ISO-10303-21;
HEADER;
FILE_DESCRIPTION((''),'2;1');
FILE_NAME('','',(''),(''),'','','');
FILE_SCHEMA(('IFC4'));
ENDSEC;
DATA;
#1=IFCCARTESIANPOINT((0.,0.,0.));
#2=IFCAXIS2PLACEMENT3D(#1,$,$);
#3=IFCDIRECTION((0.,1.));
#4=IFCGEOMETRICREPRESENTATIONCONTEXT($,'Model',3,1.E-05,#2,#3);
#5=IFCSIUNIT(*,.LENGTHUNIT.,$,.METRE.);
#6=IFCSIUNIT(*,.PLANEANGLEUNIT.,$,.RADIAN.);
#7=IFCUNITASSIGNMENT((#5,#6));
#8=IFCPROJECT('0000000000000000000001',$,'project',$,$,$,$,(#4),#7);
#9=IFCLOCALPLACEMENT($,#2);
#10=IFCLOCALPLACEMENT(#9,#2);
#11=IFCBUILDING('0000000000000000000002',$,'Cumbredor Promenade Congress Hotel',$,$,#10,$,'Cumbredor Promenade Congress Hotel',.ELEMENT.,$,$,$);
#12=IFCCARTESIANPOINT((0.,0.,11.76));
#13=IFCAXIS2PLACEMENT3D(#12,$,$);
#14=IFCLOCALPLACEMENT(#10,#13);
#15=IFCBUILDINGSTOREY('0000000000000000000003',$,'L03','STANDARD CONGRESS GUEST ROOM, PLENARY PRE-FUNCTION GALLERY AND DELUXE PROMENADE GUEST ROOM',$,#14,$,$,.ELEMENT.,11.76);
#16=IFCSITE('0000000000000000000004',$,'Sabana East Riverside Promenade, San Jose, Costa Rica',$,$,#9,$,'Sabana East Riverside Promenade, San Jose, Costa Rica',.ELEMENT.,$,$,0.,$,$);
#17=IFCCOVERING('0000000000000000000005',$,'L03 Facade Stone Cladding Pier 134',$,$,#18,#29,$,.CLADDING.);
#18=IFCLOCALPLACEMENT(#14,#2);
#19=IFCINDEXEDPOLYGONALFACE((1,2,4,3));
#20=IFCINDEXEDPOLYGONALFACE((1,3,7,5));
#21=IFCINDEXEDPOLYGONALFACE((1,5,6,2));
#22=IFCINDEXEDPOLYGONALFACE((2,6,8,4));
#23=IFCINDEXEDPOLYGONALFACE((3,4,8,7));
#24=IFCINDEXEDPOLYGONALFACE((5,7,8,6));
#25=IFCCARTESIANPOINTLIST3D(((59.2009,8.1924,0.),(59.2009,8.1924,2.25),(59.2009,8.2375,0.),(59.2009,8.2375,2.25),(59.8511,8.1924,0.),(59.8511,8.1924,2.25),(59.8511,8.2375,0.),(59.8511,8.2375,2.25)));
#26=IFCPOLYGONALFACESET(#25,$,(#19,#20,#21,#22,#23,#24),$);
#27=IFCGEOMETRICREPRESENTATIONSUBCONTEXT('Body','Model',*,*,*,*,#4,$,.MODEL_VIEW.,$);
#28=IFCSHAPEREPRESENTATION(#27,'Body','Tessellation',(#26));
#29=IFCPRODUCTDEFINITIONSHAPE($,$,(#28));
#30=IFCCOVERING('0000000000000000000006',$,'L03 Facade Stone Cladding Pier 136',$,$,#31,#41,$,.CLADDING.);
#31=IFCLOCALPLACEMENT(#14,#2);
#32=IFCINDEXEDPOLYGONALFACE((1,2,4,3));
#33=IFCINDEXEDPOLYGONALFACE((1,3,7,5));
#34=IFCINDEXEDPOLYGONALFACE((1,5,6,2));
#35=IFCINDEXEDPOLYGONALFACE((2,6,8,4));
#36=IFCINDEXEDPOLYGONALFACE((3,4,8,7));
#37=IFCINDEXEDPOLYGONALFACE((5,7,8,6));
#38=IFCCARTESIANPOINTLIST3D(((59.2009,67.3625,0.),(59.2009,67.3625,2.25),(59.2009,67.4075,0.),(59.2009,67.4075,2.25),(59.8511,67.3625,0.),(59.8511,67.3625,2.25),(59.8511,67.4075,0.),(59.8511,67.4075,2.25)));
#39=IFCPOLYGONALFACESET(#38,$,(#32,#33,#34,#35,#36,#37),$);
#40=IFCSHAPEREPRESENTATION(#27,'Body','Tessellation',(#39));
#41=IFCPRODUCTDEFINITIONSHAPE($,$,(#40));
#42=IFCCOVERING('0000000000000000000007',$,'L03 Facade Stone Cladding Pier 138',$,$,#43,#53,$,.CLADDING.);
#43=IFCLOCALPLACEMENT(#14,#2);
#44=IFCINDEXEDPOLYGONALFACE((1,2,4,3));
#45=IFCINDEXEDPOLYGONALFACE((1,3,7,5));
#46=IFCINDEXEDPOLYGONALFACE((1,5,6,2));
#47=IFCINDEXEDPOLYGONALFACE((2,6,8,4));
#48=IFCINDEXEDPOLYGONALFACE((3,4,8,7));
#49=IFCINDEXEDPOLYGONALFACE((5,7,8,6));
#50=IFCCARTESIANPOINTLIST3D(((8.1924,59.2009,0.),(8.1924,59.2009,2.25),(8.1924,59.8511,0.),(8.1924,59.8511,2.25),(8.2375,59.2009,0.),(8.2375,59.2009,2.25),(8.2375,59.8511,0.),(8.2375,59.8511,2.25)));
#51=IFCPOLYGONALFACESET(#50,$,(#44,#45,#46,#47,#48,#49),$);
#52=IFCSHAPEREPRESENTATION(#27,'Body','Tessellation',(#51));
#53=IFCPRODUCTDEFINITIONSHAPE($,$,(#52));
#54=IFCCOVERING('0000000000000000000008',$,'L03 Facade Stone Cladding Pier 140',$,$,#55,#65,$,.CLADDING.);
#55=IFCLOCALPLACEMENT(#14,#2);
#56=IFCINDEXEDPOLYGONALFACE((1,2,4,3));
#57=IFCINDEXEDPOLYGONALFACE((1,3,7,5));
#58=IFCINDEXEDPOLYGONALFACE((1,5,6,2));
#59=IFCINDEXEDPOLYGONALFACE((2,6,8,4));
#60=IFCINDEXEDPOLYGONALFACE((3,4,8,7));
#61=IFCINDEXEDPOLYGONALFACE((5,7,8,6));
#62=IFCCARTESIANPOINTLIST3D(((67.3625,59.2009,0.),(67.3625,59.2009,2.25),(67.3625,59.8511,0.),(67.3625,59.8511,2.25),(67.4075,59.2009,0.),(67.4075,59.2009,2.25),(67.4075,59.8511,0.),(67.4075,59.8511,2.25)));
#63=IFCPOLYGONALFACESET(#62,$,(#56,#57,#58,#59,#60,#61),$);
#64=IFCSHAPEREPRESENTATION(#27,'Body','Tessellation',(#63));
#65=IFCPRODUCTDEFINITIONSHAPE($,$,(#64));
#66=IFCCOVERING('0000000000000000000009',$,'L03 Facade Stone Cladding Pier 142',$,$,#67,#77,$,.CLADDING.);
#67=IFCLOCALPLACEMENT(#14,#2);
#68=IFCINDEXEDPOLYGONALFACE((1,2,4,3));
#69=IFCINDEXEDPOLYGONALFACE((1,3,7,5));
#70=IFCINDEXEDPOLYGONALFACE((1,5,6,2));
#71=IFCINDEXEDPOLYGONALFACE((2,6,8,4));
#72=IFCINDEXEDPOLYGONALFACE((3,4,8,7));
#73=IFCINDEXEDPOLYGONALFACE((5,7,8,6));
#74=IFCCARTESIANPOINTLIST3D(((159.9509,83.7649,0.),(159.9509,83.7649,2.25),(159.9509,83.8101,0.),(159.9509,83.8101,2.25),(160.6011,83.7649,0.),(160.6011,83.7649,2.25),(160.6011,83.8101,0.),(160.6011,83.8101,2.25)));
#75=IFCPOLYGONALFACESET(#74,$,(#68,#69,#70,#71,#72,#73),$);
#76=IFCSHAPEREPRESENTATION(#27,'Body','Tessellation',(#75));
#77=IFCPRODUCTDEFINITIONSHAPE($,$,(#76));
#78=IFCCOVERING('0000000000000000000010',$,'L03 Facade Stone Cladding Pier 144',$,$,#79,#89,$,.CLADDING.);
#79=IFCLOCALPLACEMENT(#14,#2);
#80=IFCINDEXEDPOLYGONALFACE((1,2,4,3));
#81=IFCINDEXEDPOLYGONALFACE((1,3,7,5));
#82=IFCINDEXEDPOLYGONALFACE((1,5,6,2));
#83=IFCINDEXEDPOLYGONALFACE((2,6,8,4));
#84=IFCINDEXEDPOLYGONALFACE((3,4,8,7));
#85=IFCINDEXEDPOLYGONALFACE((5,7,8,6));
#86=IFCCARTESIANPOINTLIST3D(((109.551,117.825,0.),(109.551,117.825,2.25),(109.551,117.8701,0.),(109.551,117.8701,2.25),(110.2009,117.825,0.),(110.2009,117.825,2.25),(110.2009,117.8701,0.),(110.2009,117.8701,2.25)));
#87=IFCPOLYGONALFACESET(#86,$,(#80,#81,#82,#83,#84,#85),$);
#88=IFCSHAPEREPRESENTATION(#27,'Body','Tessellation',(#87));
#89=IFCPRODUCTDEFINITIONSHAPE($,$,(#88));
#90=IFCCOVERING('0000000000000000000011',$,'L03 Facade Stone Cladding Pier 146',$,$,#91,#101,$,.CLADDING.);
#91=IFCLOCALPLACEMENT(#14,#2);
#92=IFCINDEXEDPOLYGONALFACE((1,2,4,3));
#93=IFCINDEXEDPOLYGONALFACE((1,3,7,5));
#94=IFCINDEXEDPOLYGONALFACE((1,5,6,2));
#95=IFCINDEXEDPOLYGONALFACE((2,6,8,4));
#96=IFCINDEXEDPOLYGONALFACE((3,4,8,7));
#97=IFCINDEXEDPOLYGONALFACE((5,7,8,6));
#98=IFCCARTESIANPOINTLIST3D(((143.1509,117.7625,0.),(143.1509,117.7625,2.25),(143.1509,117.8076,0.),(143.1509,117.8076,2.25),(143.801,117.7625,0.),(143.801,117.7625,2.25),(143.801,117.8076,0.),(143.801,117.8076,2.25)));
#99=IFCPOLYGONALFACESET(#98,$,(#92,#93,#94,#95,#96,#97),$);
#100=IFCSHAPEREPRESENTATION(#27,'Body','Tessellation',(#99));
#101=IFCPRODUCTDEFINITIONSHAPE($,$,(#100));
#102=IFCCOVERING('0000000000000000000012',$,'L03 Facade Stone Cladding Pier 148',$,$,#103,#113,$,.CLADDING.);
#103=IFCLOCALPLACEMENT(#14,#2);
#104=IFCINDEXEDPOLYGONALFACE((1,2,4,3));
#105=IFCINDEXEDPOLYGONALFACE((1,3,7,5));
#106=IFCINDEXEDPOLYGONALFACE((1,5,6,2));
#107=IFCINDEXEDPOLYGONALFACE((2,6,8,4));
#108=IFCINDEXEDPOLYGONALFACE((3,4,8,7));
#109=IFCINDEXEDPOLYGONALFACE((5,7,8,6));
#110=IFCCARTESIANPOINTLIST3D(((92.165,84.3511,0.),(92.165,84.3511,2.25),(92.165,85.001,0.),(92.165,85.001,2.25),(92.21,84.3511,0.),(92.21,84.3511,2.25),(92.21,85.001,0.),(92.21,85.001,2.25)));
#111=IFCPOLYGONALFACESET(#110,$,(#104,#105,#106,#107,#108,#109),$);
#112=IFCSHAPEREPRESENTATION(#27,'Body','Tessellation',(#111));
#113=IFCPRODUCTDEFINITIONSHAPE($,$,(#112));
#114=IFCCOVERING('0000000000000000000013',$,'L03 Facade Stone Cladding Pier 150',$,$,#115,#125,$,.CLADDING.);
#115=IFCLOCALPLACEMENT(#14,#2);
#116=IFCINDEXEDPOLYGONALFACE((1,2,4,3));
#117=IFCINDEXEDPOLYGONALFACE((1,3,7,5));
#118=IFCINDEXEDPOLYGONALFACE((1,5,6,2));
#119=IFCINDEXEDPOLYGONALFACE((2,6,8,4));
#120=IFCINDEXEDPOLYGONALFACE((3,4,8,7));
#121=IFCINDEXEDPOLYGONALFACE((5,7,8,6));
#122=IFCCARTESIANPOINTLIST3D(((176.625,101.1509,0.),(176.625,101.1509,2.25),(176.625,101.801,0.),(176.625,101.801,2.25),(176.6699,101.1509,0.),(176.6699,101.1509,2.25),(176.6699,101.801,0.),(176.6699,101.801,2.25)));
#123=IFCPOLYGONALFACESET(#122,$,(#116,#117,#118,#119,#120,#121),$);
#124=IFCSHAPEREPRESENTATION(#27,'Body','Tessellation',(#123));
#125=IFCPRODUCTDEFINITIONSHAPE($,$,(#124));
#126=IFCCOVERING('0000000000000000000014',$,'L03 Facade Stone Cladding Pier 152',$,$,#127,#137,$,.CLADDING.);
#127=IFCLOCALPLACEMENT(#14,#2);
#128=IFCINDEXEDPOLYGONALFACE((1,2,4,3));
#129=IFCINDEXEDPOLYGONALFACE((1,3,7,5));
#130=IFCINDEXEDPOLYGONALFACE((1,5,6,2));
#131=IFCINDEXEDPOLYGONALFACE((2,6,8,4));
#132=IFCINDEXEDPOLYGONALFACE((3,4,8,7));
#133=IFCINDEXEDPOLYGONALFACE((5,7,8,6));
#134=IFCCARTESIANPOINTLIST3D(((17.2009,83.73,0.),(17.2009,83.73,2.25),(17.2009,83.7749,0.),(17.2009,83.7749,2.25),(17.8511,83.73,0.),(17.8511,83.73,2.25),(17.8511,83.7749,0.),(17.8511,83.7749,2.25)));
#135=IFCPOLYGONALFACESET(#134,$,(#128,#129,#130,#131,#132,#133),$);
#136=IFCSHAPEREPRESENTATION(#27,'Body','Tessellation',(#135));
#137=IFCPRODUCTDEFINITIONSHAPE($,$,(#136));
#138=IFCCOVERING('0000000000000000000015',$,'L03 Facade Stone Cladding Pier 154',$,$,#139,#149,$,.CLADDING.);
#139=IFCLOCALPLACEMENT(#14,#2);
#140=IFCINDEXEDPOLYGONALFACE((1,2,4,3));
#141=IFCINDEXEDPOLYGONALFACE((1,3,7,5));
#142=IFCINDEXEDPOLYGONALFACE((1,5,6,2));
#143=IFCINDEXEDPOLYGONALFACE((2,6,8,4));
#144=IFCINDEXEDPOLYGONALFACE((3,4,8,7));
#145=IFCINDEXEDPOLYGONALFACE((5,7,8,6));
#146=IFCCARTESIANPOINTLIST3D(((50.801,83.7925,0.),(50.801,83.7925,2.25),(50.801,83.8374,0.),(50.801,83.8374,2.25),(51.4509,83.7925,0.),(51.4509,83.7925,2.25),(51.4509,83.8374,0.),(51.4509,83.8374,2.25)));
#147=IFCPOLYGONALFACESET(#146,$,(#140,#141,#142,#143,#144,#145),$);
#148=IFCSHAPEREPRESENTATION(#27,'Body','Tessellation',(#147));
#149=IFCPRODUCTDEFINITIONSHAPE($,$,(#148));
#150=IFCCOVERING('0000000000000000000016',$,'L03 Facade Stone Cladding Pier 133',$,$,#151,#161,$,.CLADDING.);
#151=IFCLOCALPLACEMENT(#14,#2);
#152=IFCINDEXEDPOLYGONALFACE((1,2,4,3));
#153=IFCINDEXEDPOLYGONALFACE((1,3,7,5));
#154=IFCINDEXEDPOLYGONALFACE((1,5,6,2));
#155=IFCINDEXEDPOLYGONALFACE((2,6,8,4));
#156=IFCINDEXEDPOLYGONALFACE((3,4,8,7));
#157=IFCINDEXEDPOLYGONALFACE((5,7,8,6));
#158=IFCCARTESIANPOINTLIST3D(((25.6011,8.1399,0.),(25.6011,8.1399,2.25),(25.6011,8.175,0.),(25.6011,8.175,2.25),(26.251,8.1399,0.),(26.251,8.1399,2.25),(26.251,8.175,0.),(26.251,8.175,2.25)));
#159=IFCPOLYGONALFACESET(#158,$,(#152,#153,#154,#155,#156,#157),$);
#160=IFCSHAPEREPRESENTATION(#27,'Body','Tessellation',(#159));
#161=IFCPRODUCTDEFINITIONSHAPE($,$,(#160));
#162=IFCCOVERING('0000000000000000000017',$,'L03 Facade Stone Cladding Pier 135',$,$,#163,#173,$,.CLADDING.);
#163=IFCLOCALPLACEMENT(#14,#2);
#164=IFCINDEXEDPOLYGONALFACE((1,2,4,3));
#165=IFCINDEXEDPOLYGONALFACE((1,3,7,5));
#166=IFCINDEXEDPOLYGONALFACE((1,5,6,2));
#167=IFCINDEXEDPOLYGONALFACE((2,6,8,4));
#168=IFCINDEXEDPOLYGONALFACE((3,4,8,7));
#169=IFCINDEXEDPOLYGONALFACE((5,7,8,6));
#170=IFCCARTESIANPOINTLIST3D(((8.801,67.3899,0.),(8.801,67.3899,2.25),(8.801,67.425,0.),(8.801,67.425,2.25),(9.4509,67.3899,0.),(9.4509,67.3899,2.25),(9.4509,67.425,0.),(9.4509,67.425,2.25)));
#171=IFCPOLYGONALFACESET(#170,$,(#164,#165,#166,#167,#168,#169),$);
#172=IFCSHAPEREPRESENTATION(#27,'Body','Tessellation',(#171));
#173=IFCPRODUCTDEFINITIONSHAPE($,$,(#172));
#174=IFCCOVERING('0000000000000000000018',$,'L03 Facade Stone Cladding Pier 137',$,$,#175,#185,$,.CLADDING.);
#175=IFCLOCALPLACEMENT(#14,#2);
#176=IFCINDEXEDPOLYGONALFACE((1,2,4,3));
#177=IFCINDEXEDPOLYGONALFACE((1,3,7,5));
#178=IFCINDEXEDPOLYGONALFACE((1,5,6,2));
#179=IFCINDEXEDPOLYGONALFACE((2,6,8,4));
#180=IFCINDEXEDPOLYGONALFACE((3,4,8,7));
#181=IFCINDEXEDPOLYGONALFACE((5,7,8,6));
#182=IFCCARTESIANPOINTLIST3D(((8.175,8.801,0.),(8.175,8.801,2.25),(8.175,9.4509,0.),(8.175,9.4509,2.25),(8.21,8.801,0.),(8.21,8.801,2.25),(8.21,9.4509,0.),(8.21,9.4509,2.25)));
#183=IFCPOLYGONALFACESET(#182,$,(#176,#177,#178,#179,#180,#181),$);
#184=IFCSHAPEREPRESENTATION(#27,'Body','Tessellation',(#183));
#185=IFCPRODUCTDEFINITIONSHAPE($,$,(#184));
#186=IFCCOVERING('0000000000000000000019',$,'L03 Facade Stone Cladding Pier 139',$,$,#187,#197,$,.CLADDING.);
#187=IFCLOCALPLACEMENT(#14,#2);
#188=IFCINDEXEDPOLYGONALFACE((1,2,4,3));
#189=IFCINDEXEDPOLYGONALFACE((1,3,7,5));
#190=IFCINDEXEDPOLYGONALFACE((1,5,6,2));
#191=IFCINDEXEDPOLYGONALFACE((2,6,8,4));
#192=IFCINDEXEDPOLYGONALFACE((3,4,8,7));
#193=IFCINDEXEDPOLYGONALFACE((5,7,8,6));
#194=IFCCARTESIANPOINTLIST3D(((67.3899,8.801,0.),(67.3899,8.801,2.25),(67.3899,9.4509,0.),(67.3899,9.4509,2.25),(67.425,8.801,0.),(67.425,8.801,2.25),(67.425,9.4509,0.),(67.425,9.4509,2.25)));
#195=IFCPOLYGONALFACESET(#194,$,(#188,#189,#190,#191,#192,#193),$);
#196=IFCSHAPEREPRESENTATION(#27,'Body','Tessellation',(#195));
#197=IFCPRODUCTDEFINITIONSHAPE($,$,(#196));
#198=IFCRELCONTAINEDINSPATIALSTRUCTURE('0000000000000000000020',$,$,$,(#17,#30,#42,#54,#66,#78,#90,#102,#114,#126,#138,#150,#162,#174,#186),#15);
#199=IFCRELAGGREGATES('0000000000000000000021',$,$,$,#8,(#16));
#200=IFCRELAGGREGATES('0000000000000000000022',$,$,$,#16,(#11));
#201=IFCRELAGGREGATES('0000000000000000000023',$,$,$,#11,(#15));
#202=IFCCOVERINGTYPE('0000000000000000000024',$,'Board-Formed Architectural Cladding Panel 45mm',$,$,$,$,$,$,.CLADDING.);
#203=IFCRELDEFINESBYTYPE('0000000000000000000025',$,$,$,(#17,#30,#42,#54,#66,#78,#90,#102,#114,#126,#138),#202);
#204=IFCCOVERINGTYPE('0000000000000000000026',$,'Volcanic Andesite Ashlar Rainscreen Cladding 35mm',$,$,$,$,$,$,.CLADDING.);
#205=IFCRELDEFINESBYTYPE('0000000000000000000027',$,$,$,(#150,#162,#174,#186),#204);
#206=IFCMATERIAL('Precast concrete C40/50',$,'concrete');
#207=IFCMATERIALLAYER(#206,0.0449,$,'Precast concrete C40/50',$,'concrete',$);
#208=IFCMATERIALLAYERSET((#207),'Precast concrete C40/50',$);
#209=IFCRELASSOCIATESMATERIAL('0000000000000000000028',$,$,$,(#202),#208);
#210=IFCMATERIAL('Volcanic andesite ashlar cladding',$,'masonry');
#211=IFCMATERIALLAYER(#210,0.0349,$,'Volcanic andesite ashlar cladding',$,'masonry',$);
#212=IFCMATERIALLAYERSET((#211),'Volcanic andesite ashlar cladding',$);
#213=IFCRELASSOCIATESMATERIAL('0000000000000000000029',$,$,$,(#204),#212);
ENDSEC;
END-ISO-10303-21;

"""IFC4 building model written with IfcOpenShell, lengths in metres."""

from ifc_helpers import new_model, si_unit, direction, frame, origin, place, context, subcontext, project, spatial, polyline, outline, extrude, material, layer, layer_set, type_object, element, save


model = new_model("IFC4")

# Units and contexts
model_context = context("Model", 3, precision=1e-05, world=origin(), true_north=direction((0.0, 1.0)))
body_context = subcontext(model_context, "Body", "Model", "MODEL_VIEW")
ifc_project = project(units=[si_unit("LENGTHUNIT", "METRE"), si_unit("PLANEANGLEUNIT", "RADIAN")], contexts=[model_context])

# Site, building, storey
site_placement = place(None, origin())
site = spatial("IfcSite", under=ifc_project, at=site_placement, Name="Sabana East Riverside Promenade, San Jose, Costa Rica", LongName="Sabana East Riverside Promenade, San Jose, Costa Rica", CompositionType="ELEMENT", RefElevation=0.0)
building_placement = place(site_placement, origin())
building = spatial("IfcBuilding", under=site, at=building_placement, Name="Cumbredor Promenade Congress Hotel", LongName="Cumbredor Promenade Congress Hotel", CompositionType="ELEMENT")
storey_placement = place(building_placement, frame((0.0, 0.0, 11.76)))
storey = spatial("IfcBuildingStorey", under=building, at=storey_placement, Name="L03", Description="STANDARD CONGRESS GUEST ROOM, PLENARY PRE-FUNCTION GALLERY AND DELUXE PROMENADE GUEST ROOM", CompositionType="ELEMENT", Elevation=11.76)

# Coverings
ifc_material_1 = material(Name="Precast concrete C40/50", Category="concrete")
ifc_layer_1 = layer(ifc_material_1, 0.0449, Name="Precast concrete C40/50", Category="concrete")
ifc_layer_set_1 = layer_set([ifc_layer_1], Name="Precast concrete C40/50")
covering_type_1 = type_object("IfcCoveringType", Name="Board-Formed Architectural Cladding Panel 45mm", PredefinedType="CLADDING", material=ifc_layer_set_1)
covering_1_placement = place(storey_placement, origin())
element("IfcCovering", 1, at=covering_1_placement, inside=storey, type_object=covering_type_1, Name="L03 Facade Stone Cladding Pier 134", PredefinedType="CLADDING", context=body_context, shape_type="SweptSolid", body=[
    extrude(outline(polyline([(59.2009, 8.2375), (59.8511, 8.2375), (59.8511, 8.1924), (59.2009, 8.1924), (59.2009, 8.2375)])), origin(), (0.0, 0.0, 1.0), 2.25),
])
covering_2_placement = place(storey_placement, origin())
element("IfcCovering", 2, at=covering_2_placement, inside=storey, type_object=covering_type_1, Name="L03 Facade Stone Cladding Pier 136", PredefinedType="CLADDING", context=body_context, shape_type="SweptSolid", body=[
    extrude(outline(polyline([(59.2009, 67.3625), (59.8511, 67.3625), (59.8511, 67.4075), (59.2009, 67.4075), (59.2009, 67.3625)])), origin(), (0.0, 0.0, 1.0), 2.25),
])
covering_3_placement = place(storey_placement, origin())
element("IfcCovering", 3, at=covering_3_placement, inside=storey, type_object=covering_type_1, Name="L03 Facade Stone Cladding Pier 138", PredefinedType="CLADDING", context=body_context, shape_type="SweptSolid", body=[
    extrude(outline(polyline([(8.2375, 59.2009), (8.2375, 59.8511), (8.1924, 59.8511), (8.1924, 59.2009), (8.2375, 59.2009)])), origin(), (0.0, 0.0, 1.0), 2.25),
])
covering_4_placement = place(storey_placement, origin())
element("IfcCovering", 4, at=covering_4_placement, inside=storey, type_object=covering_type_1, Name="L03 Facade Stone Cladding Pier 140", PredefinedType="CLADDING", context=body_context, shape_type="SweptSolid", body=[
    extrude(outline(polyline([(67.3625, 59.2009), (67.3625, 59.8511), (67.4075, 59.8511), (67.4075, 59.2009), (67.3625, 59.2009)])), origin(), (0.0, 0.0, 1.0), 2.25),
])
covering_5_placement = place(storey_placement, origin())
element("IfcCovering", 5, at=covering_5_placement, inside=storey, type_object=covering_type_1, Name="L03 Facade Stone Cladding Pier 142", PredefinedType="CLADDING", context=body_context, shape_type="SweptSolid", body=[
    extrude(outline(polyline([(159.9509, 83.8101), (160.6011, 83.8101), (160.6011, 83.7649), (159.9509, 83.7649), (159.9509, 83.8101)])), origin(), (0.0, 0.0, 1.0), 2.25),
])
covering_6_placement = place(storey_placement, origin())
element("IfcCovering", 6, at=covering_6_placement, inside=storey, type_object=covering_type_1, Name="L03 Facade Stone Cladding Pier 144", PredefinedType="CLADDING", context=body_context, shape_type="SweptSolid", body=[
    extrude(outline(polyline([(109.551, 117.825), (110.2009, 117.825), (110.2009, 117.8701), (109.551, 117.8701), (109.551, 117.825)])), origin(), (0.0, 0.0, 1.0), 2.25),
])
covering_7_placement = place(storey_placement, origin())
element("IfcCovering", 7, at=covering_7_placement, inside=storey, type_object=covering_type_1, Name="L03 Facade Stone Cladding Pier 146", PredefinedType="CLADDING", context=body_context, shape_type="SweptSolid", body=[
    extrude(outline(polyline([(143.1509, 117.7625), (143.801, 117.7625), (143.801, 117.8076), (143.1509, 117.8076), (143.1509, 117.7625)])), origin(), (0.0, 0.0, 1.0), 2.25),
])
covering_8_placement = place(storey_placement, origin())
element("IfcCovering", 8, at=covering_8_placement, inside=storey, type_object=covering_type_1, Name="L03 Facade Stone Cladding Pier 148", PredefinedType="CLADDING", context=body_context, shape_type="SweptSolid", body=[
    extrude(outline(polyline([(92.21, 84.3511), (92.21, 85.001), (92.165, 85.001), (92.165, 84.3511), (92.21, 84.3511)])), origin(), (0.0, 0.0, 1.0), 2.25),
])
covering_9_placement = place(storey_placement, origin())
element("IfcCovering", 9, at=covering_9_placement, inside=storey, type_object=covering_type_1, Name="L03 Facade Stone Cladding Pier 150", PredefinedType="CLADDING", context=body_context, shape_type="SweptSolid", body=[
    extrude(outline(polyline([(176.625, 101.1509), (176.625, 101.801), (176.6699, 101.801), (176.6699, 101.1509), (176.625, 101.1509)])), origin(), (0.0, 0.0, 1.0), 2.25),
])
covering_10_placement = place(storey_placement, origin())
element("IfcCovering", 10, at=covering_10_placement, inside=storey, type_object=covering_type_1, Name="L03 Facade Stone Cladding Pier 152", PredefinedType="CLADDING", context=body_context, shape_type="SweptSolid", body=[
    extrude(outline(polyline([(17.2009, 83.7749), (17.8511, 83.7749), (17.8511, 83.73), (17.2009, 83.73), (17.2009, 83.7749)])), origin(), (0.0, 0.0, 1.0), 2.25),
])
covering_11_placement = place(storey_placement, origin())
element("IfcCovering", 11, at=covering_11_placement, inside=storey, type_object=covering_type_1, Name="L03 Facade Stone Cladding Pier 154", PredefinedType="CLADDING", context=body_context, shape_type="SweptSolid", body=[
    extrude(outline(polyline([(50.801, 83.8374), (51.4509, 83.8374), (51.4509, 83.7925), (50.801, 83.7925), (50.801, 83.8374)])), origin(), (0.0, 0.0, 1.0), 2.25),
])
ifc_material_2 = material(Name="Volcanic andesite ashlar cladding", Category="masonry")
ifc_layer_2 = layer(ifc_material_2, 0.0349, Name="Volcanic andesite ashlar cladding", Category="masonry")
ifc_layer_set_2 = layer_set([ifc_layer_2], Name="Volcanic andesite ashlar cladding")
covering_type_2 = type_object("IfcCoveringType", Name="Volcanic Andesite Ashlar Rainscreen Cladding 35mm", PredefinedType="CLADDING", material=ifc_layer_set_2)
covering_12_placement = place(storey_placement, origin())
element("IfcCovering", 12, at=covering_12_placement, inside=storey, type_object=covering_type_2, Name="L03 Facade Stone Cladding Pier 133", PredefinedType="CLADDING", context=body_context, shape_type="SweptSolid", body=[
    extrude(outline(polyline([(25.6011, 8.175), (26.251, 8.175), (26.251, 8.1399), (25.6011, 8.1399), (25.6011, 8.175)])), origin(), (0.0, 0.0, 1.0), 2.25),
])
covering_13_placement = place(storey_placement, origin())
element("IfcCovering", 13, at=covering_13_placement, inside=storey, type_object=covering_type_2, Name="L03 Facade Stone Cladding Pier 135", PredefinedType="CLADDING", context=body_context, shape_type="SweptSolid", body=[
    extrude(outline(polyline([(8.801, 67.3899), (9.4509, 67.3899), (9.4509, 67.425), (8.801, 67.425), (8.801, 67.3899)])), origin(), (0.0, 0.0, 1.0), 2.25),
])
covering_14_placement = place(storey_placement, origin())
element("IfcCovering", 14, at=covering_14_placement, inside=storey, type_object=covering_type_2, Name="L03 Facade Stone Cladding Pier 137", PredefinedType="CLADDING", context=body_context, shape_type="SweptSolid", body=[
    extrude(outline(polyline([(8.21, 8.801), (8.21, 9.4509), (8.175, 9.4509), (8.175, 8.801), (8.21, 8.801)])), origin(), (0.0, 0.0, 1.0), 2.25),
])
covering_15_placement = place(storey_placement, origin())
element("IfcCovering", 15, at=covering_15_placement, inside=storey, type_object=covering_type_2, Name="L03 Facade Stone Cladding Pier 139", PredefinedType="CLADDING", context=body_context, shape_type="SweptSolid", body=[
    extrude(outline(polyline([(67.3899, 8.801), (67.3899, 9.4509), (67.425, 9.4509), (67.425, 8.801), (67.3899, 8.801)])), origin(), (0.0, 0.0, 1.0), 2.25),
])

save(model, "model.ifc")
